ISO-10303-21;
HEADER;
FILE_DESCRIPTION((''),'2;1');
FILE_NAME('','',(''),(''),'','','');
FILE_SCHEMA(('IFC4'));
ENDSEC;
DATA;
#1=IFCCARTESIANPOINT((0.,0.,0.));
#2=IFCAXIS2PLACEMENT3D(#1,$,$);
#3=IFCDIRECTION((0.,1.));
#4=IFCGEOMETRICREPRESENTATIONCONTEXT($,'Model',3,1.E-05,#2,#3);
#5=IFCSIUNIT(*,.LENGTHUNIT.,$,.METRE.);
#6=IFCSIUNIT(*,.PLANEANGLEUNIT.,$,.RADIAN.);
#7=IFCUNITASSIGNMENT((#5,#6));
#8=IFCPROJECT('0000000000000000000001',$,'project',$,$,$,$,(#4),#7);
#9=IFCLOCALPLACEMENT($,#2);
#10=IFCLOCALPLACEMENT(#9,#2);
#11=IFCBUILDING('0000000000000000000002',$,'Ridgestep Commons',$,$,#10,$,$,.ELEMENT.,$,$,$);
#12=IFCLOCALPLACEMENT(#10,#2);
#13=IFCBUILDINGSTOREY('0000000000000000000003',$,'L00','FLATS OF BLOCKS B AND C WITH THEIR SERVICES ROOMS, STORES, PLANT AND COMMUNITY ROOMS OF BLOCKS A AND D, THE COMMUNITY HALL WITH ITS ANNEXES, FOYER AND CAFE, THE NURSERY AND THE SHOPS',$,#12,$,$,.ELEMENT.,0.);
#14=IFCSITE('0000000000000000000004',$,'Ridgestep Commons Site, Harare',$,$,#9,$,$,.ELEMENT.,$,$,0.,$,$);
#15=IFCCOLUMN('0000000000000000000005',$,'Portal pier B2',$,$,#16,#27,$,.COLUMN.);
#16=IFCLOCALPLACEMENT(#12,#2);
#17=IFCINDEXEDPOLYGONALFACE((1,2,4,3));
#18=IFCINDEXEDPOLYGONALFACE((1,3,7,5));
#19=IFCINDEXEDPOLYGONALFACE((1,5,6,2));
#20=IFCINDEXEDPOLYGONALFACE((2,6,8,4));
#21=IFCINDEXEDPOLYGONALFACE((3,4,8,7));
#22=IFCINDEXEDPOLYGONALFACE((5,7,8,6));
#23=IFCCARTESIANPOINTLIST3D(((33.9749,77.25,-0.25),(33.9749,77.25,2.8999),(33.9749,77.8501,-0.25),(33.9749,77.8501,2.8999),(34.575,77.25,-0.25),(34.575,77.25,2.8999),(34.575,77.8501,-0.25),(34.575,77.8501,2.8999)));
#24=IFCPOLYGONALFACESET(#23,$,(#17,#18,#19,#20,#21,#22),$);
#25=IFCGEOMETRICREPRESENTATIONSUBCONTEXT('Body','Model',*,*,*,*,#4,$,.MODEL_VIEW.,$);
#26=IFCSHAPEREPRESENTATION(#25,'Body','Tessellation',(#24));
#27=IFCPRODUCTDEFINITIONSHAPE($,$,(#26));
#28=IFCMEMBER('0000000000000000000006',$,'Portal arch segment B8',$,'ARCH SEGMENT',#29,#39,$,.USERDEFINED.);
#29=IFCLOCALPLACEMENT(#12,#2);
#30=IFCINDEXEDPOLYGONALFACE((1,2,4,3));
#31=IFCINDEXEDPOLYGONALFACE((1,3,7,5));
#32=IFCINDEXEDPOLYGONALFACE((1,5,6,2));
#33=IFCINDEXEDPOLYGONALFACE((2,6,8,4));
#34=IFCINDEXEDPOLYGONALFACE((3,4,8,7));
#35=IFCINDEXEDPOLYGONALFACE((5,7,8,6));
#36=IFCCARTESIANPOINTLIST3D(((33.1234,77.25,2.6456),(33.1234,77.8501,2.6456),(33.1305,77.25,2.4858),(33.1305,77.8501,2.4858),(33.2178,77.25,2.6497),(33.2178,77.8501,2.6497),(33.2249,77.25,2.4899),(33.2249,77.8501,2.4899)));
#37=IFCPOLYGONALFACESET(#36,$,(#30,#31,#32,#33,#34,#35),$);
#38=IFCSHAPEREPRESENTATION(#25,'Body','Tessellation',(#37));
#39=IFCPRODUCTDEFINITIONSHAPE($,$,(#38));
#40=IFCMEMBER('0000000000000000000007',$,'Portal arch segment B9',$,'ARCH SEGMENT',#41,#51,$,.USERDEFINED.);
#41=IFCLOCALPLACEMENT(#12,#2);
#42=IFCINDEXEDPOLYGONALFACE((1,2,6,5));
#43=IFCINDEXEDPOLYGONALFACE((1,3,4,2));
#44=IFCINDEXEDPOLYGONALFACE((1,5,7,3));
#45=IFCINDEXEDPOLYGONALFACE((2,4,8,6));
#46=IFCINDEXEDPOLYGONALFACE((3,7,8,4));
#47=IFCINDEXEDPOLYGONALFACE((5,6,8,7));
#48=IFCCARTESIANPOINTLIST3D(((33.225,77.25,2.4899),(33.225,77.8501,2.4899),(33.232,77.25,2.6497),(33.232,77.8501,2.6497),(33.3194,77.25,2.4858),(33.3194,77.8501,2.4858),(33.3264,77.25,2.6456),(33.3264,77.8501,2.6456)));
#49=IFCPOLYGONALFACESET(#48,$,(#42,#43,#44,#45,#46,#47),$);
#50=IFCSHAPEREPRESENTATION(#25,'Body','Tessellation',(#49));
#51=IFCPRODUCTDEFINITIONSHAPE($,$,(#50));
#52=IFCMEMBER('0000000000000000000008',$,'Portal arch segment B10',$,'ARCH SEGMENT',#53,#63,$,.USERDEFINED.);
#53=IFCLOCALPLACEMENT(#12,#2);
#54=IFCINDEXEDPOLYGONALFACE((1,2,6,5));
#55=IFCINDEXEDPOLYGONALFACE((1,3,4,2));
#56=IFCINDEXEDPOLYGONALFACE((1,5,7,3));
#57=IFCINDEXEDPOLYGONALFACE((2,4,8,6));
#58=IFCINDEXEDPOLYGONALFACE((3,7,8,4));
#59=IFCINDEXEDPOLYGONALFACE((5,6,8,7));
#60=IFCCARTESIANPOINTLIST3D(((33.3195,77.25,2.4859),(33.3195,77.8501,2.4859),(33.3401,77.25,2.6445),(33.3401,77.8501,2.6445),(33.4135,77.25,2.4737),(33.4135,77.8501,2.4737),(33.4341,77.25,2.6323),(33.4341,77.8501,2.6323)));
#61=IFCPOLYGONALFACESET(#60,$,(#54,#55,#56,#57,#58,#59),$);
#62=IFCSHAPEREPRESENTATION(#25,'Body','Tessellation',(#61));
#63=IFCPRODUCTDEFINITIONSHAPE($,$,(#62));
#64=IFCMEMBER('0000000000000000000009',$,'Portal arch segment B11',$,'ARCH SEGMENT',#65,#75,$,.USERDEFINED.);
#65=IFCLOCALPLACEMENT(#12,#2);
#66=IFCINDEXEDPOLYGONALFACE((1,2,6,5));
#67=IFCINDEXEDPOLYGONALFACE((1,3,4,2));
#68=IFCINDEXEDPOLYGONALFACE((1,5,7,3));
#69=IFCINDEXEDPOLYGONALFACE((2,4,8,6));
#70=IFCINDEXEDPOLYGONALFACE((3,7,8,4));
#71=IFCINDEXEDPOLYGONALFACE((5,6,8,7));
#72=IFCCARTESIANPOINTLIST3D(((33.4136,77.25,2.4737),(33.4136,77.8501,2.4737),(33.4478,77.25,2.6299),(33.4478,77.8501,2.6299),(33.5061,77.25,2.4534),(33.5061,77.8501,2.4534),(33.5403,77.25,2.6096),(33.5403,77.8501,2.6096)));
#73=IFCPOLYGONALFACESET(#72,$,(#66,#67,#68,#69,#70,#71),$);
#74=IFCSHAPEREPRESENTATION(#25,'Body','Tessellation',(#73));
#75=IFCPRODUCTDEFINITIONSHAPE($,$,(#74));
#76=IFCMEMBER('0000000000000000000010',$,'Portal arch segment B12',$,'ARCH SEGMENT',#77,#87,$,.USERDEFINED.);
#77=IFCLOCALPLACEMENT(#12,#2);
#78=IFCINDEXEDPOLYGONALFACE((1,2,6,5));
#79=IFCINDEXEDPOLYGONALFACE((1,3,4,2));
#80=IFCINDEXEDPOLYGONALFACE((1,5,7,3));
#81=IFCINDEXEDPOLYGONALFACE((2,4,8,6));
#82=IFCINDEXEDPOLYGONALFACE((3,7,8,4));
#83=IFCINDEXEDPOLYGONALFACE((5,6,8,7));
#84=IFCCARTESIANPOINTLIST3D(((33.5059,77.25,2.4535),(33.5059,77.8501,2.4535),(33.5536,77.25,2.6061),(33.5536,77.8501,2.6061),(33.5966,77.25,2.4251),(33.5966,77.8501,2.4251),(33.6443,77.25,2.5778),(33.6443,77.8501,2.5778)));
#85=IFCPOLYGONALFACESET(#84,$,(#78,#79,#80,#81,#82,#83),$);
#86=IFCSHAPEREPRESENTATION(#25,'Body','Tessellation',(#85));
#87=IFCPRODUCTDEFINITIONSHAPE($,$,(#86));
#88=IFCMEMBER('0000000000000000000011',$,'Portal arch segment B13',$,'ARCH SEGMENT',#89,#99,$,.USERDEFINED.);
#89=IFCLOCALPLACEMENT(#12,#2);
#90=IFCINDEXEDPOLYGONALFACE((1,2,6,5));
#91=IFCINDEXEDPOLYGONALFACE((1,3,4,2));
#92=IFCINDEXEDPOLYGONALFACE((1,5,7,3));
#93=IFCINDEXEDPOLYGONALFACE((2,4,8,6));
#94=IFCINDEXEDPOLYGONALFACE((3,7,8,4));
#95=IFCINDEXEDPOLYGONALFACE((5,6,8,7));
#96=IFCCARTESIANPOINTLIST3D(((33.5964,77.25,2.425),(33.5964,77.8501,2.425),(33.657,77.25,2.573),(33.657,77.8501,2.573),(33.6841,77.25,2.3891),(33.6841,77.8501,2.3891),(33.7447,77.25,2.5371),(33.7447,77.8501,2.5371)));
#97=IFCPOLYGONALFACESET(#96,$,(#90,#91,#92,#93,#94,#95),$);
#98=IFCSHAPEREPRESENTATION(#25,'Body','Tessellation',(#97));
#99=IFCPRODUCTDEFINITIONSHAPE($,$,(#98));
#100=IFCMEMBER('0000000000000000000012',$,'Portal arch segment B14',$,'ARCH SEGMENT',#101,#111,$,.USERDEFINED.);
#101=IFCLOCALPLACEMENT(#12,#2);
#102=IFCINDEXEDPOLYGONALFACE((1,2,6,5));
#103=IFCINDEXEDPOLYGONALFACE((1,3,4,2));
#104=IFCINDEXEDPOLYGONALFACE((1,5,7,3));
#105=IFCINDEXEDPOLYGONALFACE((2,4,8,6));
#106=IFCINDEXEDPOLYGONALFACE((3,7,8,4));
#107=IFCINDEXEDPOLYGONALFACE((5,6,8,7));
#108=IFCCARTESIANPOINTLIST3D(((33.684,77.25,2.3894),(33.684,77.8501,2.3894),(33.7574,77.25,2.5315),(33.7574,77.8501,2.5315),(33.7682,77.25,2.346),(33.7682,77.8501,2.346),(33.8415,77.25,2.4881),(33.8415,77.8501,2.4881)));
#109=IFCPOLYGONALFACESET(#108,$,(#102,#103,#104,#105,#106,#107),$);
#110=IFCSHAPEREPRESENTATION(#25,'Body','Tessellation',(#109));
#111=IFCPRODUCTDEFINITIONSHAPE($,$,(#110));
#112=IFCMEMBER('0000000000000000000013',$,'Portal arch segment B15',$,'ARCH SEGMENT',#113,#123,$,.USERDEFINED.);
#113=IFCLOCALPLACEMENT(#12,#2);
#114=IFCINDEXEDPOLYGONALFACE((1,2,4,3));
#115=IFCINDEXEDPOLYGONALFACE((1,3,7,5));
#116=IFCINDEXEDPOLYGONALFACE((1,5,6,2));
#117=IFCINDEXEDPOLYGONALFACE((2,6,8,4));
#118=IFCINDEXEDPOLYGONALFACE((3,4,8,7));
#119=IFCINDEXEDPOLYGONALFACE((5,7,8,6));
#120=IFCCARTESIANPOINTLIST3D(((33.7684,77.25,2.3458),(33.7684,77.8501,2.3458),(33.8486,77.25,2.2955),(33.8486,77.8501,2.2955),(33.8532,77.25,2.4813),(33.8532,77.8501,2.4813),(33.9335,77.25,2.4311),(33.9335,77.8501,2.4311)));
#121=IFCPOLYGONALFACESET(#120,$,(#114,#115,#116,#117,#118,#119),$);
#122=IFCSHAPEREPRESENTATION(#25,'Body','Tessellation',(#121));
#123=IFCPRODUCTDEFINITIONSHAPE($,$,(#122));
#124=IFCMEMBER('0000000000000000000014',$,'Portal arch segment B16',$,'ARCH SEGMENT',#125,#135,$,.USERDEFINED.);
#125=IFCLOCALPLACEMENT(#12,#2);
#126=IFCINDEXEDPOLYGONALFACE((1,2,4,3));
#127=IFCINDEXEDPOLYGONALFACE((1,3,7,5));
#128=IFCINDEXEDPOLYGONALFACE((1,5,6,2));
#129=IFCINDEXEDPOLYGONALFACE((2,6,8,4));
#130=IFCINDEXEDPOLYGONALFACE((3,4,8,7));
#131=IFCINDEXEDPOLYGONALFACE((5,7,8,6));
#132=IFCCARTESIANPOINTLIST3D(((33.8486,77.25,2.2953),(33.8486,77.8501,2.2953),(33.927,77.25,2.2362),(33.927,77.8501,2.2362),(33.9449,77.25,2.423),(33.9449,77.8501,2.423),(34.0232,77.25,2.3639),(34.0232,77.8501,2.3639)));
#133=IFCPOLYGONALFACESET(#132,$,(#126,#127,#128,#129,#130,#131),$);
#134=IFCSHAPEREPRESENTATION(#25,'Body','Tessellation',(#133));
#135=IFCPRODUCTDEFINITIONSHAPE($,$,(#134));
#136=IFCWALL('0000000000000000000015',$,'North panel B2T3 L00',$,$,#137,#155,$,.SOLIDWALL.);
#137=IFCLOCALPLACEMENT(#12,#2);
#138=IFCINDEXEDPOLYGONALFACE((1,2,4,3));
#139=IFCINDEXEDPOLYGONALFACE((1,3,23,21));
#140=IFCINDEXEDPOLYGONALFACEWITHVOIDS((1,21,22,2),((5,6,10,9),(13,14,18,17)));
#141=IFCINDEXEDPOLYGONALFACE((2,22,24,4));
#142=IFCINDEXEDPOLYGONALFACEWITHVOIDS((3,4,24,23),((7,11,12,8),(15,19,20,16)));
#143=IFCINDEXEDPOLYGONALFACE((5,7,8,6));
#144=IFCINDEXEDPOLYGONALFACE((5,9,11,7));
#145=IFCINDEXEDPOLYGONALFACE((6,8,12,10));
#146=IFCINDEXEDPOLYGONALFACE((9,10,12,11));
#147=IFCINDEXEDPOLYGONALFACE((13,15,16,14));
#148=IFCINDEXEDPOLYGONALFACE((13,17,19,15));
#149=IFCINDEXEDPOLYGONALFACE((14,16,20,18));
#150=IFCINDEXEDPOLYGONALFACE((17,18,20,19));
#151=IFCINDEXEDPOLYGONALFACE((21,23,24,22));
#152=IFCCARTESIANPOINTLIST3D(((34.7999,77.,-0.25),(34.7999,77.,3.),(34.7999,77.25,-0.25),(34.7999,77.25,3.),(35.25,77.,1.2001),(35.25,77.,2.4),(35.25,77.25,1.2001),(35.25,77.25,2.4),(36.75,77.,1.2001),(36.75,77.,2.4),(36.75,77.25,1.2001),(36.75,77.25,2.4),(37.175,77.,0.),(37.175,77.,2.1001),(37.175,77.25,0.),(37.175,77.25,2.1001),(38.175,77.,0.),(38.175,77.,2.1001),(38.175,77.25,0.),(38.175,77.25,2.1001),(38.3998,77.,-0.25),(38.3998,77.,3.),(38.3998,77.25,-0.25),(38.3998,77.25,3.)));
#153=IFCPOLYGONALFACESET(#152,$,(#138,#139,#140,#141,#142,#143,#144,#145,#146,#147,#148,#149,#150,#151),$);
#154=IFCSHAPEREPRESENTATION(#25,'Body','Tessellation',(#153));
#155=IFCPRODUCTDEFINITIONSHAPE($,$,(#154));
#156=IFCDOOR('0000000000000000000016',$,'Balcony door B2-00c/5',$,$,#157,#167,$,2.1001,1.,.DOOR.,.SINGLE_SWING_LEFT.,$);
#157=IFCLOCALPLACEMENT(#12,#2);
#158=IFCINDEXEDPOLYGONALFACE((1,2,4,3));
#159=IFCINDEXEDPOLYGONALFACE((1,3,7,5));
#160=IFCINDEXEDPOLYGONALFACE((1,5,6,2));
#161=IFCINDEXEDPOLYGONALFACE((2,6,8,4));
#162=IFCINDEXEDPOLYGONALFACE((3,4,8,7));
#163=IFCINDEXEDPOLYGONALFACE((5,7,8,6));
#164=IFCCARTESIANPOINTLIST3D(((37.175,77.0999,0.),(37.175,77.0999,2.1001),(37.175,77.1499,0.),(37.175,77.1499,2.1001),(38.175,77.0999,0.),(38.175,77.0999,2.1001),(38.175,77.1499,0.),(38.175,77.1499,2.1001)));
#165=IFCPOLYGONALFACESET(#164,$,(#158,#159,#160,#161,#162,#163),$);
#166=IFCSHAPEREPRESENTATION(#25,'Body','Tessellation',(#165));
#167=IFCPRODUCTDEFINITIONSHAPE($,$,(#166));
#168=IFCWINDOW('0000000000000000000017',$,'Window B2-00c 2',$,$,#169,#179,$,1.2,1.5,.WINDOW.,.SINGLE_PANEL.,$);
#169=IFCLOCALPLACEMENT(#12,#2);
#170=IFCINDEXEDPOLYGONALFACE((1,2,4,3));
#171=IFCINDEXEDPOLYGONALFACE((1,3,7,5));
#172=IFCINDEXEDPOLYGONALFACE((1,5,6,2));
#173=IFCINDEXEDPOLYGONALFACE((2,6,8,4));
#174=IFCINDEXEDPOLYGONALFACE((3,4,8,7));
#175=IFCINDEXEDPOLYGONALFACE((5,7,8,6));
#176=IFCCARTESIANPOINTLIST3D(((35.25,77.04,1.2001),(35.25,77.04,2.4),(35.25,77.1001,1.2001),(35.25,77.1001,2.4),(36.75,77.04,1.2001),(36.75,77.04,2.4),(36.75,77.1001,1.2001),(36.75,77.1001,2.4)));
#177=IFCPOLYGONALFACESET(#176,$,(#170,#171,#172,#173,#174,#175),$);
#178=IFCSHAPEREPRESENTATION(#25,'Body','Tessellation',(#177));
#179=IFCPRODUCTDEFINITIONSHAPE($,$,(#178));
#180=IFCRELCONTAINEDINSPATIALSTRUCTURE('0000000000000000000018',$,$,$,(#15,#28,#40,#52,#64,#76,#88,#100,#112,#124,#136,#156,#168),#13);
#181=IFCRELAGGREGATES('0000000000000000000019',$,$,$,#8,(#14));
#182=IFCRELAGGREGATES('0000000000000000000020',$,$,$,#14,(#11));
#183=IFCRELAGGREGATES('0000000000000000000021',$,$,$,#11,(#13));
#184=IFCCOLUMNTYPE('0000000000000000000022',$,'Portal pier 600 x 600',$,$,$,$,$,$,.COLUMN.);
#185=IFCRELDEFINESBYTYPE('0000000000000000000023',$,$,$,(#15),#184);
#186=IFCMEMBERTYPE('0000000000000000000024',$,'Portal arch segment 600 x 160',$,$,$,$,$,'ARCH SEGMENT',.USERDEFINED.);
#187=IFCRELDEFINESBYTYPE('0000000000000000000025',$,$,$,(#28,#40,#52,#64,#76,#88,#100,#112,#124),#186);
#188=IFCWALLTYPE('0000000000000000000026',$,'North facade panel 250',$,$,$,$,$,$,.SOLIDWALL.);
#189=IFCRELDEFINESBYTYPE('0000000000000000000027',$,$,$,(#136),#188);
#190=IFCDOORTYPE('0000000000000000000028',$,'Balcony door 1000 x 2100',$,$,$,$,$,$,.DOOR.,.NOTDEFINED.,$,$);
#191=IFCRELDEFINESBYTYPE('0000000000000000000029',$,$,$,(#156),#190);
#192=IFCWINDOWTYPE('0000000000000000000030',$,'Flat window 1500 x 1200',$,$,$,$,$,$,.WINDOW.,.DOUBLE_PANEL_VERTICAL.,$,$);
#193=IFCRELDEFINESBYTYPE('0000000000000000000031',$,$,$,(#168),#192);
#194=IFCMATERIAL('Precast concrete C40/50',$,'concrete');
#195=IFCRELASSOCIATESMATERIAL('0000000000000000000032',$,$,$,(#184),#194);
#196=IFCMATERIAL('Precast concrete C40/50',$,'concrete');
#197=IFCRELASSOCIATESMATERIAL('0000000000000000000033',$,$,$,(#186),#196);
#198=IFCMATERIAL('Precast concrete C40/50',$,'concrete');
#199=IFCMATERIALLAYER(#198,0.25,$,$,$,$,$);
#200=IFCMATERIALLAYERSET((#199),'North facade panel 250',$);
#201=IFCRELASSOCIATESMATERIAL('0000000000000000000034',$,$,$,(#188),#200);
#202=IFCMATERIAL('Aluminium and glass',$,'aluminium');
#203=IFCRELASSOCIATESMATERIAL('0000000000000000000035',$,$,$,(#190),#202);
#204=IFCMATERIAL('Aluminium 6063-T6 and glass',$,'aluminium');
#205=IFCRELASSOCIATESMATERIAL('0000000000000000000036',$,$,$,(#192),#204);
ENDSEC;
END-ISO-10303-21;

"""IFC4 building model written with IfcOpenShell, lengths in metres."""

from ifc_helpers import new_model, si_unit, direction, frame, frame_2d, origin, origin_2d, place, context, subcontext, project, spatial, rectangle, extrude, material, layer, layer_set, material_profile, profile_set, type_object, element, fill, save


model = new_model("IFC4")

# Units and contexts
model_context = context("Model", 3, precision=1e-05, world=origin(), true_north=direction((0.0, 1.0)))
body_context = subcontext(model_context, "Body", "Model", "MODEL_VIEW")
ifc_project = project(units=[si_unit("LENGTHUNIT", "METRE"), si_unit("PLANEANGLEUNIT", "RADIAN")], contexts=[model_context])

# Site, building, storey
site_placement = place(None, origin())
site = spatial("IfcSite", under=ifc_project, at=site_placement, Name="Ridgestep Commons Site, Harare", CompositionType="ELEMENT", RefElevation=0.0)
building_placement = place(site_placement, origin())
building = spatial("IfcBuilding", under=site, at=building_placement, Name="Ridgestep Commons", CompositionType="ELEMENT")
storey_placement = place(building_placement, origin())
storey = spatial("IfcBuildingStorey", under=building, at=storey_placement, Name="L00", Description="FLATS OF BLOCKS B AND C WITH THEIR SERVICES ROOMS, STORES, PLANT AND COMMUNITY ROOMS OF BLOCKS A AND D, THE COMMUNITY HALL WITH ITS ANNEXES, FOYER AND CAFE, THE NURSERY AND THE SHOPS", CompositionType="ELEMENT", Elevation=0.0)

# Column
ifc_material_1 = material(Name="Precast concrete C40/50", Category="concrete")
ifc_material_profile_1 = material_profile(ifc_material_1, rectangle(XDim=0.6001, YDim=0.6001, at=origin_2d()), Name="PC 600x600")
ifc_profile_set_1 = profile_set([ifc_material_profile_1], Name="Precast concrete C40/50")
column_type = type_object("IfcColumnType", Name="Portal pier 600 x 600", PredefinedType="COLUMN", material=ifc_profile_set_1)
column_placement = place(storey_placement, frame((34.2749, 77.55, -0.25), z_axis=(0.0, 0.0, 1.0), x_axis=(1.0, 0.0, 0.0)))
element("IfcColumn", 1, at=column_placement, inside=storey, type_object=column_type, Name="Portal pier B2", PredefinedType="COLUMN", context=body_context, shape_type="SweptSolid", body=[
    extrude(rectangle(XDim=0.6001, YDim=0.6001, at=origin_2d()), origin(), (0.0, 0.0, 1.0), 3.1499),
])

# Members
ifc_material_2 = material(Name="Precast concrete C40/50", Category="concrete")
ifc_material_profile_2 = material_profile(ifc_material_2, rectangle(XDim=0.6001, YDim=0.1599, at=origin_2d()), Name="Portal arch segment 600 x 160")
ifc_profile_set_2 = profile_set([ifc_material_profile_2], Name="Precast concrete C40/50")
member_type = type_object("IfcMemberType", Name="Portal arch segment 600 x 160", ElementType="ARCH SEGMENT", PredefinedType="USERDEFINED", material=ifc_profile_set_2)
for number, where, z_axis, x_axis, name in (
    (2, (33.127, 77.55, 2.5657), (0.999037, 0.0, 0.043885), (0.0, 1.0, 0.0), "Portal arch segment B8"),
    (3, (33.2285, 77.55, 2.5698), (0.999037, 0.0, -0.043885), (0.0, 1.0, 0.0), "Portal arch segment B9"),
):
    element("IfcMember", number, at=place(storey_placement, frame(where, z_axis=z_axis, x_axis=x_axis)), inside=storey, type_object=member_type, Name=name, ObjectType="ARCH SEGMENT", PredefinedType="USERDEFINED", context=body_context, shape_type="SweptSolid", body=[
        extrude(rectangle(XDim=0.6001, YDim=0.1599, at=origin_2d()), origin(), (0.0, 0.0, 1.0), 0.0945),
    ])
for number, where, z_axis, x_axis, name in (
    (4, (33.3298, 77.55, 2.5652), (0.991672, 0.0, -0.128789), (0.0, 1.0, 0.0), "Portal arch segment B10"),
    (5, (33.4307, 77.55, 2.5518), (0.97685, 0.0, -0.213927), (0.0, 1.0, 0.0), "Portal arch segment B11"),
):
    element("IfcMember", number, at=place(storey_placement, frame(where, z_axis=z_axis, x_axis=x_axis)), inside=storey, type_object=member_type, Name=name, ObjectType="ARCH SEGMENT", PredefinedType="USERDEFINED", context=body_context, shape_type="SweptSolid", body=[
        extrude(rectangle(XDim=0.6001, YDim=0.1599, at=origin_2d()), origin(), (0.0, 0.0, 1.0), 0.0947),
    ])
member_1_placement = place(storey_placement, frame((33.5298, 77.55, 2.5298), z_axis=(0.954434, 0.0, -0.298421), x_axis=(0.0, 1.0, 0.0)))
element("IfcMember", 6, at=member_1_placement, inside=storey, type_object=member_type, Name="Portal arch segment B12", ObjectType="ARCH SEGMENT", PredefinedType="USERDEFINED", context=body_context, shape_type="SweptSolid", body=[
    extrude(rectangle(XDim=0.6001, YDim=0.1599, at=origin_2d()), origin(), (0.0, 0.0, 1.0), 0.095),
])
for number, where, z_axis, x_axis, name in (
    (7, (33.6267, 77.55, 2.499), (0.925424, 0.0, -0.378934), (0.0, 1.0, 0.0), "Portal arch segment B13"),
    (8, (33.7207, 77.55, 2.4604), (0.888688, 0.0, -0.458512), (0.0, 1.0, 0.0), "Portal arch segment B14"),
    (9, (33.8108, 77.55, 2.4136), (0.847564, 0.0, -0.530693), (0.0, 1.0, 0.0), "Portal arch segment B15"),
):
    element("IfcMember", number, at=place(storey_placement, frame(where, z_axis=z_axis, x_axis=x_axis)), inside=storey, type_object=member_type, Name=name, ObjectType="ARCH SEGMENT", PredefinedType="USERDEFINED", context=body_context, shape_type="SweptSolid", body=[
        extrude(rectangle(XDim=0.6001, YDim=0.1599, at=origin_2d()), origin(), (0.0, 0.0, 1.0), 0.0947),
    ])
member_2_placement = place(storey_placement, frame((33.8967, 77.55, 2.3591), z_axis=(0.798505, 0.0, -0.601988), x_axis=(0.0, 1.0, 0.0)))
element("IfcMember", 10, at=member_2_placement, inside=storey, type_object=member_type, Name="Portal arch segment B16", ObjectType="ARCH SEGMENT", PredefinedType="USERDEFINED", context=body_context, shape_type="SweptSolid", body=[
    extrude(rectangle(XDim=0.6001, YDim=0.1599, at=origin_2d()), origin(), (0.0, 0.0, 1.0), 0.0981),
])

# Wall, openings, door, window
ifc_material_3 = material(Name="Precast concrete C40/50", Category="concrete")
ifc_layer_1 = layer(ifc_material_3, 0.25)
ifc_layer_set_1 = layer_set([ifc_layer_1], Name="North facade panel 250")
wall_type_1 = type_object("IfcWallType", Name="North facade panel 250", PredefinedType="SOLIDWALL", material=ifc_layer_set_1)
wall_1_placement = place(storey_placement, frame((34.8, 77.125, -0.25), z_axis=(0.0, 0.0, 1.0), x_axis=(1.0, 0.0, 0.0)))
wall_1 = element("IfcWall", 11, at=wall_1_placement, inside=storey, type_object=wall_type_1, Name="North panel B2T3 L00", PredefinedType="SOLIDWALL", context=body_context, shape_type="SweptSolid", body=[
    extrude(rectangle(XDim=3.5999, YDim=0.25, at=frame_2d((1.7998, 0.0))), origin(), (0.0, 0.0, 1.0), 3.25),
])
opening_1_placement = place(wall_1_placement, frame((0.45, 0.0, 1.45)))
opening_1 = element("IfcOpeningElement", 12, at=opening_1_placement, cuts=wall_1, PredefinedType="OPENING", context=body_context, shape_type="SweptSolid", body=[
    extrude(rectangle(XDim=1.5, YDim=1.2, at=frame_2d((0.75, 0.6001))), frame((0.0, 0.135, 0.0), z_axis=(0.0, -1.0, 0.0), x_axis=(1.0, 0.0, 0.0)), (0.0, 0.0, 1.0), 0.27),
])
opening_2_placement = place(wall_1_placement, frame((2.375, 0.0, 0.25)))
opening_2 = element("IfcOpeningElement", 13, at=opening_2_placement, cuts=wall_1, PredefinedType="OPENING", context=body_context, shape_type="SweptSolid", body=[
    extrude(rectangle(XDim=1.0, YDim=2.1001, at=frame_2d((0.5, 1.05))), frame((0.0, 0.135, 0.0), z_axis=(0.0, -1.0, 0.0), x_axis=(1.0, 0.0, 0.0)), (0.0, 0.0, 1.0), 0.27),
])
ifc_material_4 = material(Name="Aluminium and glass", Category="aluminium")
door_type_1 = type_object("IfcDoorType", Name="Balcony door 1000 x 2100", OperationType="NOTDEFINED", PredefinedType="DOOR", material=ifc_material_4)
door_1_placement = place(opening_2_placement, origin())
door_1 = element("IfcDoor", 14, at=door_1_placement, inside=storey, type_object=door_type_1, Name="Balcony door B2-00c/5", OperationType="SINGLE_SWING_LEFT", OverallHeight=2.1001, OverallWidth=1.0, PredefinedType="DOOR", context=body_context, shape_type="SweptSolid", body=[
    extrude(rectangle(XDim=1.0, YDim=2.1001, at=frame_2d((0.5, 1.05))), frame((0.0, 0.0249, 0.0), z_axis=(0.0, -1.0, 0.0), x_axis=(1.0, 0.0, 0.0)), (0.0, 0.0, 1.0), 0.05),
])
fill(opening_2, door_1)
ifc_material_5 = material(Name="Aluminium 6063-T6 and glass", Category="aluminium")
window_type_1 = type_object("IfcWindowType", Name="Flat window 1500 x 1200", PartitioningType="DOUBLE_PANEL_VERTICAL", PredefinedType="WINDOW", material=ifc_material_5)
window_1_placement = place(opening_1_placement, origin())
window_1 = element("IfcWindow", 15, at=window_1_placement, inside=storey, type_object=window_type_1, Name="Window B2-00c 2", OverallHeight=1.2, OverallWidth=1.5, PartitioningType="SINGLE_PANEL", PredefinedType="WINDOW", context=body_context, shape_type="SweptSolid", body=[
    extrude(rectangle(XDim=1.5, YDim=1.2, at=frame_2d((0.75, 0.6001))), frame((0.0, -0.0249, 0.0), z_axis=(0.0, -1.0, 0.0), x_axis=(1.0, 0.0, 0.0)), (0.0, 0.0, 1.0), 0.0601),
])
fill(opening_1, window_1)

save(model, "model.ifc")
